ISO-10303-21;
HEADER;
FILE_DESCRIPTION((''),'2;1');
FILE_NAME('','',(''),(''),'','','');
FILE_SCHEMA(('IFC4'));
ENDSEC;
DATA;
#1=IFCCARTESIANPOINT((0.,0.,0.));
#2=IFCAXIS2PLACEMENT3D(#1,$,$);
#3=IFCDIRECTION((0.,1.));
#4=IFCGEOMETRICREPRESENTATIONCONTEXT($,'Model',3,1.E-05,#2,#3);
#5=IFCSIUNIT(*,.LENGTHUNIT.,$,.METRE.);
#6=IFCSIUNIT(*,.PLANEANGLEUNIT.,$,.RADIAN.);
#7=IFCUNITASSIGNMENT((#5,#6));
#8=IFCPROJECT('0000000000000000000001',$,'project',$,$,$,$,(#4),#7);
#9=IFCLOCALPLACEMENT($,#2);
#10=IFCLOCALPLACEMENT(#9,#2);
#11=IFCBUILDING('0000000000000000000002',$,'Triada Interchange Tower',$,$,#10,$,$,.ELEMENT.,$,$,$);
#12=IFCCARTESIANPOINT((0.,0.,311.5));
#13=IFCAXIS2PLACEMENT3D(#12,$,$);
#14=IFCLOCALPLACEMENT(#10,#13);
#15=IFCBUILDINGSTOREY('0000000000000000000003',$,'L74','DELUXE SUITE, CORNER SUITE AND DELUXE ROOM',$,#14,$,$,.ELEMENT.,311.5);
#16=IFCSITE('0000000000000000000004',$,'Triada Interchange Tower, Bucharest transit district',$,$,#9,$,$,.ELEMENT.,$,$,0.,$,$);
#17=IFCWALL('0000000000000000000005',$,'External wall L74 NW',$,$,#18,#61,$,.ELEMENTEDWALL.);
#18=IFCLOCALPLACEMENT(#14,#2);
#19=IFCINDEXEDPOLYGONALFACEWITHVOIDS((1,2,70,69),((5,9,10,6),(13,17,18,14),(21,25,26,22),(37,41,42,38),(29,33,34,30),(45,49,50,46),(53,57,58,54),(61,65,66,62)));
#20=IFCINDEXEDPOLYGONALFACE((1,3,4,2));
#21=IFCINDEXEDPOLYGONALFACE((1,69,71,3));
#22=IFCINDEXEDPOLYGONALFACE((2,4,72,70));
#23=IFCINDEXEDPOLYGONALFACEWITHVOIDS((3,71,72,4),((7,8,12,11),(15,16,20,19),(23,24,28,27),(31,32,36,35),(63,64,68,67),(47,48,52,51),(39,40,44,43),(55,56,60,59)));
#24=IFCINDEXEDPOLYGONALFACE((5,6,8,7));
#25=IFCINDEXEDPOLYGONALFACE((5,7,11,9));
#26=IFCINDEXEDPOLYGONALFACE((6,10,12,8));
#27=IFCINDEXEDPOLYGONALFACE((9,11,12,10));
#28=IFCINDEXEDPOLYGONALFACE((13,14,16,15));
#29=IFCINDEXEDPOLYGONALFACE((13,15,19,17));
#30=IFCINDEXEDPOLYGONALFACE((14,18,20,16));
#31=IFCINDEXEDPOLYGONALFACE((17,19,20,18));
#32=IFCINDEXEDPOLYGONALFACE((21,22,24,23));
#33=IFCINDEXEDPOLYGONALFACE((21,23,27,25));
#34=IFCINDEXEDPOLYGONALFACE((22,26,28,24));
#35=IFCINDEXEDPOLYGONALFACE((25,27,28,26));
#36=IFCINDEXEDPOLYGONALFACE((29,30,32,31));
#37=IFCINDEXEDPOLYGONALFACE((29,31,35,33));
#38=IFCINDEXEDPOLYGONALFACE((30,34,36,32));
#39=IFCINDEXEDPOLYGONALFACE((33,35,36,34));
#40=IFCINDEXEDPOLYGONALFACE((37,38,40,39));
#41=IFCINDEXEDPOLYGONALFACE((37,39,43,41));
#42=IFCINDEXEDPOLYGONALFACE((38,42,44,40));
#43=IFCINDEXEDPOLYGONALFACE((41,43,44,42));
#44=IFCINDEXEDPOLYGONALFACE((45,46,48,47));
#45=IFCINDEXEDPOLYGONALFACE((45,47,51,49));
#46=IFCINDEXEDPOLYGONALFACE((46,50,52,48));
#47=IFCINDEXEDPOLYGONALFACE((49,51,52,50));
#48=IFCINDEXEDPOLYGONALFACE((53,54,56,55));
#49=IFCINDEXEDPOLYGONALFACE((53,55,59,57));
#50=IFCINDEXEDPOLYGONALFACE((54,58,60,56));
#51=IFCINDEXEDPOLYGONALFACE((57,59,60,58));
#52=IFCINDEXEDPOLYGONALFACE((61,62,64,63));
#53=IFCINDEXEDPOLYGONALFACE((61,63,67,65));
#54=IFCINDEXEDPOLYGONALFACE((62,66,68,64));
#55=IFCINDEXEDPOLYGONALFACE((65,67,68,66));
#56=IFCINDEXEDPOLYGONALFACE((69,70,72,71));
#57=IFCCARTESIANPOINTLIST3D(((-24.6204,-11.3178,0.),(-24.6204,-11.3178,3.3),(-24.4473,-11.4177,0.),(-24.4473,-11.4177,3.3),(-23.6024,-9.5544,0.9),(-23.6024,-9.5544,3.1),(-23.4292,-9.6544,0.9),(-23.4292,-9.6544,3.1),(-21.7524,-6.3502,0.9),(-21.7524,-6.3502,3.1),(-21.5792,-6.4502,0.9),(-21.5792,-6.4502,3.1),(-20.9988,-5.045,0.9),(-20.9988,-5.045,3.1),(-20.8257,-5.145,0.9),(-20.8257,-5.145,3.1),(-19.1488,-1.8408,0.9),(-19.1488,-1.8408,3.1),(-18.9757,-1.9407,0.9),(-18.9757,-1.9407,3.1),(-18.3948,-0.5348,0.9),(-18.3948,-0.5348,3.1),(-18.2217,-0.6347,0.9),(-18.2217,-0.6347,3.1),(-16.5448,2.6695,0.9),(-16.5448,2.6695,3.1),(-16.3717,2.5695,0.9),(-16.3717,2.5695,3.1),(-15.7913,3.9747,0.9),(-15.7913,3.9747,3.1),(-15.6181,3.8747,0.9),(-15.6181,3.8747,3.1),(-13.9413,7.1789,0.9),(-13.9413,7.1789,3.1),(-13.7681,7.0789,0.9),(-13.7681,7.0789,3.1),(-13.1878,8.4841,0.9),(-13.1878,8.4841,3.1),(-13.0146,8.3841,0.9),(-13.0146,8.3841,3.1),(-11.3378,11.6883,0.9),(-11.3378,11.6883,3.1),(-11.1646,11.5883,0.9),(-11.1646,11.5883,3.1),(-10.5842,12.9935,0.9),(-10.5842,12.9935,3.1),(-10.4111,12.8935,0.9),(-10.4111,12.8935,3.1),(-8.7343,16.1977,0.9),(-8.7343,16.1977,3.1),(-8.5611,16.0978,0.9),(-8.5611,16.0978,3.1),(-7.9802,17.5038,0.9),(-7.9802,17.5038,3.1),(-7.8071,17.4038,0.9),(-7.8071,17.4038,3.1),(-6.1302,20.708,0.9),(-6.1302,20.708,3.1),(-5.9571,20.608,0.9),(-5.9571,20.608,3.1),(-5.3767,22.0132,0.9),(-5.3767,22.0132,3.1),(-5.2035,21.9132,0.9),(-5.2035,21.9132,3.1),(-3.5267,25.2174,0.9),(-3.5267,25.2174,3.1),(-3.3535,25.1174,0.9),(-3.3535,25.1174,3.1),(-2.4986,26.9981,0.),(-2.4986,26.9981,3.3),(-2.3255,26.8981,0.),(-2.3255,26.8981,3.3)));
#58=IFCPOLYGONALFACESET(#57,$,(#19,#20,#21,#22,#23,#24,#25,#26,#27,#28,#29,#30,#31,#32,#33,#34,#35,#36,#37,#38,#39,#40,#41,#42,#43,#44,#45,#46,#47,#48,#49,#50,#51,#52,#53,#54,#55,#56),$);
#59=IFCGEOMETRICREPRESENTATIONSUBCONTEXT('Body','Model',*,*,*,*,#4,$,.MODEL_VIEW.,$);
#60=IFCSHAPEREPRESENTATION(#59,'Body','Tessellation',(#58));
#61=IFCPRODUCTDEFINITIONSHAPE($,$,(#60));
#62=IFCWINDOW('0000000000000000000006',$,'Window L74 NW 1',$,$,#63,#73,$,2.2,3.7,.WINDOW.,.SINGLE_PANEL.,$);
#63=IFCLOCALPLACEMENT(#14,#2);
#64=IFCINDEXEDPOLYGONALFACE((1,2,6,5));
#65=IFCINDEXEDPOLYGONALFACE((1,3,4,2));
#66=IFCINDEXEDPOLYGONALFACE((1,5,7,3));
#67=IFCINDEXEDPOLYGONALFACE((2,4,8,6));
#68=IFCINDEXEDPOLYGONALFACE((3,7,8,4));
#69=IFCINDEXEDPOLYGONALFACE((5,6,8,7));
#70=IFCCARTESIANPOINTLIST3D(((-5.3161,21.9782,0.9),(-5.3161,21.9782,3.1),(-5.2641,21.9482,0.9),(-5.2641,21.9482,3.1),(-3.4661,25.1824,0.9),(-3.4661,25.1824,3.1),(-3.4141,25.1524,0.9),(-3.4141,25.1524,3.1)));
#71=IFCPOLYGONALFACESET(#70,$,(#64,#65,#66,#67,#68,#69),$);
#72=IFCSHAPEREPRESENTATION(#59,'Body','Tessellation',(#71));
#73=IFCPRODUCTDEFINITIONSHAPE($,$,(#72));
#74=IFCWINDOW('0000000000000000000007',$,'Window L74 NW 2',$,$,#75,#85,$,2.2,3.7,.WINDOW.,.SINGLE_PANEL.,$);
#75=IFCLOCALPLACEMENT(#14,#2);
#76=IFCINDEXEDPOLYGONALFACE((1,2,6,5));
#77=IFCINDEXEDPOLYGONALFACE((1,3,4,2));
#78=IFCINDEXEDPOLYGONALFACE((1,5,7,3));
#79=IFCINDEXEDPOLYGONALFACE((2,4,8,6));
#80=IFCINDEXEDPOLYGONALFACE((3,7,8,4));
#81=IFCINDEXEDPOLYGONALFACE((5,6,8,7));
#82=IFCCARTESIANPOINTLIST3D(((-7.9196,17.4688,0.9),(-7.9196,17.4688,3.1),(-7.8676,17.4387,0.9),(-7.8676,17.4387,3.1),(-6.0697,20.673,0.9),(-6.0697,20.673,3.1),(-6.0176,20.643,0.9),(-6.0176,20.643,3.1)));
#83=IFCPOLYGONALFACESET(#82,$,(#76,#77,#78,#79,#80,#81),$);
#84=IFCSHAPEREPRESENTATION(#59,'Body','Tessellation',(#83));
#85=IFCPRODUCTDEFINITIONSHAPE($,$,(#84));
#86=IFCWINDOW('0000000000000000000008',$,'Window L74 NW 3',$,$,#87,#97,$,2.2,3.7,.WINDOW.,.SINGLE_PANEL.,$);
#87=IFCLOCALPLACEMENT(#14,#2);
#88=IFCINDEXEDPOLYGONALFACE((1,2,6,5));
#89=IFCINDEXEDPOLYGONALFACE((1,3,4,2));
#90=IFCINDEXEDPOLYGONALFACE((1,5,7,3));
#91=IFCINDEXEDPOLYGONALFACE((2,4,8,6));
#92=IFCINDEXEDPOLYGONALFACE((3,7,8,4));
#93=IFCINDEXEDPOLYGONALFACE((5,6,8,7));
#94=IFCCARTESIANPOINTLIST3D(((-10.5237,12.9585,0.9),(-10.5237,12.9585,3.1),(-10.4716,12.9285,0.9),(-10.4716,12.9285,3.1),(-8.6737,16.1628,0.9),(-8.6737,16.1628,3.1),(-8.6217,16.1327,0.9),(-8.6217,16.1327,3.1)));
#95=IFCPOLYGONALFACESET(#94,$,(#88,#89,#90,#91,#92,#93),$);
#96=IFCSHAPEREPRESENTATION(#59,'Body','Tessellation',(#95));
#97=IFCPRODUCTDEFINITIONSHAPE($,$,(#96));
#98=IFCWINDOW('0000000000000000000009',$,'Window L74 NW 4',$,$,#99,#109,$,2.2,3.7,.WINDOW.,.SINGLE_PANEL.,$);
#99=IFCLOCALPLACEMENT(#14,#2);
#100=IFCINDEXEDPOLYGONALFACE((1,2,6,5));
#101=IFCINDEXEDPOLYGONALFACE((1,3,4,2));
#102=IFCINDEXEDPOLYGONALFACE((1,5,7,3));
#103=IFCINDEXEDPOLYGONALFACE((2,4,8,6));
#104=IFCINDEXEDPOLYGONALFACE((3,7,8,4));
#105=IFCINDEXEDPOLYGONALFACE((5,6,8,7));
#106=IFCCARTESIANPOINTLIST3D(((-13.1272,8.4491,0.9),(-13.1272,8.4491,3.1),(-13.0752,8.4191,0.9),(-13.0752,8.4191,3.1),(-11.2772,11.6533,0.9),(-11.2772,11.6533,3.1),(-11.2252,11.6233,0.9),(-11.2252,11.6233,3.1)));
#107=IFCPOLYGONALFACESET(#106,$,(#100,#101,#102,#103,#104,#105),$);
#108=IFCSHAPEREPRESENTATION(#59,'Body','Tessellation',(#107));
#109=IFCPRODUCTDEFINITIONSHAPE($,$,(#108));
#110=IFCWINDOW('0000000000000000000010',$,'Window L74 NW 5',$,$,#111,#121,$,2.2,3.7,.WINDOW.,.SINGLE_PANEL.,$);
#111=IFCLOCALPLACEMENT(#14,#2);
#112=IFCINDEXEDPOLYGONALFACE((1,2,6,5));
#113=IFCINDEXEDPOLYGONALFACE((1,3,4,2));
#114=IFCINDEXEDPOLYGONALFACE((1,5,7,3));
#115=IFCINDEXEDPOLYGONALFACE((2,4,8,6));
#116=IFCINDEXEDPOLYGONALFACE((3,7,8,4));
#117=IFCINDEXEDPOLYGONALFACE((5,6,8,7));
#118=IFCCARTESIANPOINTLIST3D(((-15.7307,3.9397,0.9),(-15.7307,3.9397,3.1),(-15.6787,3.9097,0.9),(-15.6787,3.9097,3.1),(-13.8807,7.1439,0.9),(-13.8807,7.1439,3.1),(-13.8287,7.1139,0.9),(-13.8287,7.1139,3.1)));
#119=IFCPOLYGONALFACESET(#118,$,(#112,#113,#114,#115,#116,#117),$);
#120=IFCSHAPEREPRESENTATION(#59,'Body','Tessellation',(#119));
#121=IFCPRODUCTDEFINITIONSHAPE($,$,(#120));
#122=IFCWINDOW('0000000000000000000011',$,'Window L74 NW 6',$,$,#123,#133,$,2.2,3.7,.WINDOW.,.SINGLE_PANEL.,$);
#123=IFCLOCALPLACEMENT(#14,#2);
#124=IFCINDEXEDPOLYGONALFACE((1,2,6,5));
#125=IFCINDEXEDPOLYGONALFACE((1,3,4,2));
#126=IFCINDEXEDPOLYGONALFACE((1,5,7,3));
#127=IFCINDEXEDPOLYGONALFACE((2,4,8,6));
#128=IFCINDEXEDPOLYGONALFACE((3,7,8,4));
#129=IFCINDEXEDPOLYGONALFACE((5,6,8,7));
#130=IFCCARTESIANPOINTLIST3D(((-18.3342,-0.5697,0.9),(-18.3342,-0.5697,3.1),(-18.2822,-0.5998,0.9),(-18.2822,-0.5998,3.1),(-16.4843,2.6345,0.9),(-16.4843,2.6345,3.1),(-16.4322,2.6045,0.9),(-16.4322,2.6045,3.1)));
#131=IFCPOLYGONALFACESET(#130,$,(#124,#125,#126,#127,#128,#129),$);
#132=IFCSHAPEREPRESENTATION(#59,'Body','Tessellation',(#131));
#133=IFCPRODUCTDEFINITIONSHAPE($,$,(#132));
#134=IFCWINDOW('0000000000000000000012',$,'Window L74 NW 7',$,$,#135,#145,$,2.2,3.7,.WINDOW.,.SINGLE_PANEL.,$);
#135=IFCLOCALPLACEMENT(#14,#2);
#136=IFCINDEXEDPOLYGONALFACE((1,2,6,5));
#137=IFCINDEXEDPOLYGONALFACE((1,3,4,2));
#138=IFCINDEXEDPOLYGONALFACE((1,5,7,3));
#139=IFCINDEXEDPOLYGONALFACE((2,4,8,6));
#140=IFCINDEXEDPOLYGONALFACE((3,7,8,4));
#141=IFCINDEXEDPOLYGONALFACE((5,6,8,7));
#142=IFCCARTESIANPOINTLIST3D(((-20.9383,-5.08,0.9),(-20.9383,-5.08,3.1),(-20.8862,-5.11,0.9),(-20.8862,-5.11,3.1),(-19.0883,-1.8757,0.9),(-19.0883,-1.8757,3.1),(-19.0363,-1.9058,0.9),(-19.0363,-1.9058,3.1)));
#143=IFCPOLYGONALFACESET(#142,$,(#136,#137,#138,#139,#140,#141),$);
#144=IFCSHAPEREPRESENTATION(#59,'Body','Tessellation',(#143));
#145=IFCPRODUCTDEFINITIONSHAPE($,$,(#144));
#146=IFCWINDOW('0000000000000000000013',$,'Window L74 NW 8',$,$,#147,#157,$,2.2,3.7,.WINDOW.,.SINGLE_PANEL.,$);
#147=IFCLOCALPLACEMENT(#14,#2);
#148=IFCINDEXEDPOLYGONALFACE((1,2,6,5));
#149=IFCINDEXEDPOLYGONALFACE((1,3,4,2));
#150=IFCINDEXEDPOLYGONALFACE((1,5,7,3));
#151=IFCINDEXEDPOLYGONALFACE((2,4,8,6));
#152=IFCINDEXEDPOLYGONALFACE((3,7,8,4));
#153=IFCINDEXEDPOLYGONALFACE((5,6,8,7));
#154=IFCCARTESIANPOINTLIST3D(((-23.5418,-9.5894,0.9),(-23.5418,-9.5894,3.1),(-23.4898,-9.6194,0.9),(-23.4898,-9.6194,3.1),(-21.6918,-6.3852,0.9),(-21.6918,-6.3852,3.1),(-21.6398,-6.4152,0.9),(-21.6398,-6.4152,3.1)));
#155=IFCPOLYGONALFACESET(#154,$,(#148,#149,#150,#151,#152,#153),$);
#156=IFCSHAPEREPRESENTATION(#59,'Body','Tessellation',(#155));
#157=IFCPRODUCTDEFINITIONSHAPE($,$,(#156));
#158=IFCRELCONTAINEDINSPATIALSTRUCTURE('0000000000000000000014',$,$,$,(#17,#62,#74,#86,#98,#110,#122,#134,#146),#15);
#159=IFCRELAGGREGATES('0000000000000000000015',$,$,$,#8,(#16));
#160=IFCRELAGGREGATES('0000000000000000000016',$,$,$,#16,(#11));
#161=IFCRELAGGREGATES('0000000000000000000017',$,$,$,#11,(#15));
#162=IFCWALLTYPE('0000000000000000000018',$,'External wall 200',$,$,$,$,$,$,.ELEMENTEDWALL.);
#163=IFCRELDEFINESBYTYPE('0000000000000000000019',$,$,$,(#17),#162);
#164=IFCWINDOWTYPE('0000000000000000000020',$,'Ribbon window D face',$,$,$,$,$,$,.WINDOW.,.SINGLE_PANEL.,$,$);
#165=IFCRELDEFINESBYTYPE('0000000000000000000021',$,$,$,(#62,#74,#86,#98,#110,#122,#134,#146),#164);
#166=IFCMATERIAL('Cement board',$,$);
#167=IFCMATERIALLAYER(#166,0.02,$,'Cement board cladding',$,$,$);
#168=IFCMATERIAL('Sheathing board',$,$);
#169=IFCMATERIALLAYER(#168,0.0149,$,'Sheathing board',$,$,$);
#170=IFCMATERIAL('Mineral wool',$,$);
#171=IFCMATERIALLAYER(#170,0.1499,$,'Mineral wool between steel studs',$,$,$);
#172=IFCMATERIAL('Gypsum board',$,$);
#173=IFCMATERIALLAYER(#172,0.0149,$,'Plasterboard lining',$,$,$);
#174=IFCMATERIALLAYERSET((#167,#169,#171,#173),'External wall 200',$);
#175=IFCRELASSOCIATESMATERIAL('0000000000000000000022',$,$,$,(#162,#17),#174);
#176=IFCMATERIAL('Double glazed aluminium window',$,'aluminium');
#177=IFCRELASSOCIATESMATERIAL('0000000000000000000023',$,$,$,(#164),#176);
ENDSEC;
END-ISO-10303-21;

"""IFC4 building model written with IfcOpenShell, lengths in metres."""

from ifc_helpers import new_model, si_unit, direction, frame, frame_2d, origin, place, context, subcontext, project, spatial, rectangle, extrude, material, layer, layer_set, layer_usage, type_object, element, fill, save


model = new_model("IFC4")

# Units and contexts
model_context = context("Model", 3, precision=1e-05, world=origin(), true_north=direction((0.0, 1.0)))
body_context = subcontext(model_context, "Body", "Model", "MODEL_VIEW")
ifc_project = project(units=[si_unit("LENGTHUNIT", "METRE"), si_unit("PLANEANGLEUNIT", "RADIAN")], contexts=[model_context])

# Site, building, storey
site_placement = place(None, origin())
site = spatial("IfcSite", under=ifc_project, at=site_placement, Name="Triada Interchange Tower, Bucharest transit district", CompositionType="ELEMENT", RefElevation=0.0)
building_placement = place(site_placement, origin())
building = spatial("IfcBuilding", under=site, at=building_placement, Name="Triada Interchange Tower", CompositionType="ELEMENT")
storey_placement = place(building_placement, frame((0.0, 0.0, 311.5)))
storey = spatial("IfcBuildingStorey", under=building, at=storey_placement, Name="L74", Description="DELUXE SUITE, CORNER SUITE AND DELUXE ROOM", CompositionType="ELEMENT", Elevation=311.5)

# Wall, openings, windows
ifc_material_1 = material(Name="Cement board")
ifc_layer_1 = layer(ifc_material_1, 0.02, Name="Cement board cladding")
ifc_material_2 = material(Name="Sheathing board")
ifc_layer_2 = layer(ifc_material_2, 0.0149, Name="Sheathing board")
ifc_material_3 = material(Name="Mineral wool")
ifc_layer_3 = layer(ifc_material_3, 0.1499, Name="Mineral wool between steel studs")
ifc_material_4 = material(Name="Gypsum board")
ifc_layer_4 = layer(ifc_material_4, 0.0149, Name="Plasterboard lining")
ifc_layer_set_1 = layer_set([ifc_layer_1, ifc_layer_2, ifc_layer_3, ifc_layer_4], Name="External wall 200")
ifc_layer_usage = layer_usage(ifc_layer_set_1, "AXIS2", "POSITIVE", -0.1001)
wall_type = type_object("IfcWallType", Name="External wall 200", PredefinedType="ELEMENTEDWALL", material=ifc_layer_set_1)
wall_placement = place(storey_placement, frame((-2.4121, 26.948, 0.0), z_axis=(0.0, 0.0, 1.0), x_axis=(-0.500002, -0.866024, 0.0)))
wall = element("IfcWall", 1, at=wall_placement, inside=storey, type_object=wall_type, material=ifc_layer_usage, Name="External wall L74 NW", PredefinedType="ELEMENTEDWALL", context=body_context, shape_type="SweptSolid", body=[
    extrude(rectangle(XDim=44.2434, YDim=0.2, at=frame_2d((22.1216, 0.0))), origin(), (0.0, 0.0, 1.0), 3.3),
])
opening_1_placement = place(wall_placement, frame((2.0559, 0.0, 0.8999)))
opening_1 = element("IfcOpeningElement", 2, at=opening_1_placement, cuts=wall, PredefinedType="OPENING", context=body_context, shape_type="SweptSolid", body=[
    extrude(rectangle(XDim=3.7, YDim=2.2, at=frame_2d((1.8501, 1.1001))), frame((0.0, 0.1099, 0.0), z_axis=(0.0, -1.0, 0.0), x_axis=(1.0, 0.0, 0.0)), (0.0, 0.0, 1.0), 0.22),
])
opening_2_placement = place(wall_placement, frame((7.2629, 0.0, 0.8999)))
opening_2 = element("IfcOpeningElement", 3, at=opening_2_placement, cuts=wall, PredefinedType="OPENING", context=body_context, shape_type="SweptSolid", body=[
    extrude(rectangle(XDim=3.7, YDim=2.2, at=frame_2d((1.8501, 1.1001))), frame((0.0, 0.1099, 0.0), z_axis=(0.0, -1.0, 0.0), x_axis=(1.0, 0.0, 0.0)), (0.0, 0.0, 1.0), 0.22),
])
opening_3_placement = place(wall_placement, frame((12.4709, 0.0, 0.8999)))
opening_3 = element("IfcOpeningElement", 4, at=opening_3_placement, cuts=wall, PredefinedType="OPENING", context=body_context, shape_type="SweptSolid", body=[
    extrude(rectangle(XDim=3.7, YDim=2.2, at=frame_2d((1.8501, 1.1001))), frame((0.0, 0.1099, 0.0), z_axis=(0.0, -1.0, 0.0), x_axis=(1.0, 0.0, 0.0)), (0.0, 0.0, 1.0), 0.22),
])
opening_4_placement = place(wall_placement, frame((17.678, 0.0, 0.8999)))
opening_4 = element("IfcOpeningElement", 5, at=opening_4_placement, cuts=wall, PredefinedType="OPENING", context=body_context, shape_type="SweptSolid", body=[
    extrude(rectangle(XDim=3.7, YDim=2.2, at=frame_2d((1.8501, 1.1001))), frame((0.0, 0.1099, 0.0), z_axis=(0.0, -1.0, 0.0), x_axis=(1.0, 0.0, 0.0)), (0.0, 0.0, 1.0), 0.22),
])
opening_5_placement = place(wall_placement, frame((22.885, 0.0, 0.8999)))
opening_5 = element("IfcOpeningElement", 6, at=opening_5_placement, cuts=wall, PredefinedType="OPENING", context=body_context, shape_type="SweptSolid", body=[
    extrude(rectangle(XDim=3.7, YDim=2.2, at=frame_2d((1.8501, 1.1001))), frame((0.0, 0.1099, 0.0), z_axis=(0.0, -1.0, 0.0), x_axis=(1.0, 0.0, 0.0)), (0.0, 0.0, 1.0), 0.22),
])
opening_6_placement = place(wall_placement, frame((28.092, 0.0, 0.8999)))
opening_6 = element("IfcOpeningElement", 7, at=opening_6_placement, cuts=wall, PredefinedType="OPENING", context=body_context, shape_type="SweptSolid", body=[
    extrude(rectangle(XDim=3.7, YDim=2.2, at=frame_2d((1.8501, 1.1001))), frame((0.0, 0.1099, 0.0), z_axis=(0.0, -1.0, 0.0), x_axis=(1.0, 0.0, 0.0)), (0.0, 0.0, 1.0), 0.22),
])
opening_7_placement = place(wall_placement, frame((33.3, 0.0, 0.8999)))
opening_7 = element("IfcOpeningElement", 8, at=opening_7_placement, cuts=wall, PredefinedType="OPENING", context=body_context, shape_type="SweptSolid", body=[
    extrude(rectangle(XDim=3.7, YDim=2.2, at=frame_2d((1.8501, 1.1001))), frame((0.0, 0.1099, 0.0), z_axis=(0.0, -1.0, 0.0), x_axis=(1.0, 0.0, 0.0)), (0.0, 0.0, 1.0), 0.22),
])
opening_8_placement = place(wall_placement, frame((38.5071, 0.0, 0.8999)))
opening_8 = element("IfcOpeningElement", 9, at=opening_8_placement, cuts=wall, PredefinedType="OPENING", context=body_context, shape_type="SweptSolid", body=[
    extrude(rectangle(XDim=3.7, YDim=2.2, at=frame_2d((1.8501, 1.1001))), frame((0.0, 0.1099, 0.0), z_axis=(0.0, -1.0, 0.0), x_axis=(1.0, 0.0, 0.0)), (0.0, 0.0, 1.0), 0.22),
])
ifc_material_5 = material(Name="Double glazed aluminium window", Category="aluminium")
window_type = type_object("IfcWindowType", Name="Ribbon window D face", PartitioningType="SINGLE_PANEL", PredefinedType="WINDOW", material=ifc_material_5)
window_1_placement = place(opening_1_placement, origin())
window_1 = element("IfcWindow", 10, at=window_1_placement, inside=storey, type_object=window_type, Name="Window L74 NW 1", OverallHeight=2.2, OverallWidth=3.7, PartitioningType="SINGLE_PANEL", PredefinedType="WINDOW", context=body_context, shape_type="SweptSolid", body=[
    extrude(rectangle(XDim=3.7, YDim=2.2, at=frame_2d((1.8501, 1.1001))), frame((0.0, 0.03, 0.0), z_axis=(0.0, -1.0, 0.0), x_axis=(1.0, 0.0, 0.0)), (0.0, 0.0, 1.0), 0.0601),
])
fill(opening_1, window_1)
window_2_placement = place(opening_2_placement, origin())
window_2 = element("IfcWindow", 11, at=window_2_placement, inside=storey, type_object=window_type, Name="Window L74 NW 2", OverallHeight=2.2, OverallWidth=3.7, PartitioningType="SINGLE_PANEL", PredefinedType="WINDOW", context=body_context, shape_type="SweptSolid", body=[
    extrude(rectangle(XDim=3.7, YDim=2.2, at=frame_2d((1.8501, 1.1001))), frame((0.0, 0.03, 0.0), z_axis=(0.0, -1.0, 0.0), x_axis=(1.0, 0.0, 0.0)), (0.0, 0.0, 1.0), 0.0601),
])
fill(opening_2, window_2)
window_3_placement = place(opening_3_placement, origin())
window_3 = element("IfcWindow", 12, at=window_3_placement, inside=storey, type_object=window_type, Name="Window L74 NW 3", OverallHeight=2.2, OverallWidth=3.7, PartitioningType="SINGLE_PANEL", PredefinedType="WINDOW", context=body_context, shape_type="SweptSolid", body=[
    extrude(rectangle(XDim=3.7, YDim=2.2, at=frame_2d((1.8501, 1.1001))), frame((0.0, 0.03, 0.0), z_axis=(0.0, -1.0, 0.0), x_axis=(1.0, 0.0, 0.0)), (0.0, 0.0, 1.0), 0.0601),
])
fill(opening_3, window_3)
window_4_placement = place(opening_4_placement, origin())
window_4 = element("IfcWindow", 13, at=window_4_placement, inside=storey, type_object=window_type, Name="Window L74 NW 4", OverallHeight=2.2, OverallWidth=3.7, PartitioningType="SINGLE_PANEL", PredefinedType="WINDOW", context=body_context, shape_type="SweptSolid", body=[
    extrude(rectangle(XDim=3.7, YDim=2.2, at=frame_2d((1.8501, 1.1001))), frame((0.0, 0.03, 0.0), z_axis=(0.0, -1.0, 0.0), x_axis=(1.0, 0.0, 0.0)), (0.0, 0.0, 1.0), 0.0601),
])
fill(opening_4, window_4)
window_5_placement = place(opening_5_placement, origin())
window_5 = element("IfcWindow", 14, at=window_5_placement, inside=storey, type_object=window_type, Name="Window L74 NW 5", OverallHeight=2.2, OverallWidth=3.7, PartitioningType="SINGLE_PANEL", PredefinedType="WINDOW", context=body_context, shape_type="SweptSolid", body=[
    extrude(rectangle(XDim=3.7, YDim=2.2, at=frame_2d((1.8501, 1.1001))), frame((0.0, 0.03, 0.0), z_axis=(0.0, -1.0, 0.0), x_axis=(1.0, 0.0, 0.0)), (0.0, 0.0, 1.0), 0.0601),
])
fill(opening_5, window_5)
window_6_placement = place(opening_6_placement, origin())
window_6 = element("IfcWindow", 15, at=window_6_placement, inside=storey, type_object=window_type, Name="Window L74 NW 6", OverallHeight=2.2, OverallWidth=3.7, PartitioningType="SINGLE_PANEL", PredefinedType="WINDOW", context=body_context, shape_type="SweptSolid", body=[
    extrude(rectangle(XDim=3.7, YDim=2.2, at=frame_2d((1.8501, 1.1001))), frame((0.0, 0.03, 0.0), z_axis=(0.0, -1.0, 0.0), x_axis=(1.0, 0.0, 0.0)), (0.0, 0.0, 1.0), 0.0601),
])
fill(opening_6, window_6)
window_7_placement = place(opening_7_placement, origin())
window_7 = element("IfcWindow", 16, at=window_7_placement, inside=storey, type_object=window_type, Name="Window L74 NW 7", OverallHeight=2.2, OverallWidth=3.7, PartitioningType="SINGLE_PANEL", PredefinedType="WINDOW", context=body_context, shape_type="SweptSolid", body=[
    extrude(rectangle(XDim=3.7, YDim=2.2, at=frame_2d((1.8501, 1.1001))), frame((0.0, 0.03, 0.0), z_axis=(0.0, -1.0, 0.0), x_axis=(1.0, 0.0, 0.0)), (0.0, 0.0, 1.0), 0.0601),
])
fill(opening_7, window_7)
window_8_placement = place(opening_8_placement, origin())
window_8 = element("IfcWindow", 17, at=window_8_placement, inside=storey, type_object=window_type, Name="Window L74 NW 8", OverallHeight=2.2, OverallWidth=3.7, PartitioningType="SINGLE_PANEL", PredefinedType="WINDOW", context=body_context, shape_type="SweptSolid", body=[
    extrude(rectangle(XDim=3.7, YDim=2.2, at=frame_2d((1.8501, 1.1001))), frame((0.0, 0.03, 0.0), z_axis=(0.0, -1.0, 0.0), x_axis=(1.0, 0.0, 0.0)), (0.0, 0.0, 1.0), 0.0601),
])
fill(opening_8, window_8)

save(model, "model.ifc")
